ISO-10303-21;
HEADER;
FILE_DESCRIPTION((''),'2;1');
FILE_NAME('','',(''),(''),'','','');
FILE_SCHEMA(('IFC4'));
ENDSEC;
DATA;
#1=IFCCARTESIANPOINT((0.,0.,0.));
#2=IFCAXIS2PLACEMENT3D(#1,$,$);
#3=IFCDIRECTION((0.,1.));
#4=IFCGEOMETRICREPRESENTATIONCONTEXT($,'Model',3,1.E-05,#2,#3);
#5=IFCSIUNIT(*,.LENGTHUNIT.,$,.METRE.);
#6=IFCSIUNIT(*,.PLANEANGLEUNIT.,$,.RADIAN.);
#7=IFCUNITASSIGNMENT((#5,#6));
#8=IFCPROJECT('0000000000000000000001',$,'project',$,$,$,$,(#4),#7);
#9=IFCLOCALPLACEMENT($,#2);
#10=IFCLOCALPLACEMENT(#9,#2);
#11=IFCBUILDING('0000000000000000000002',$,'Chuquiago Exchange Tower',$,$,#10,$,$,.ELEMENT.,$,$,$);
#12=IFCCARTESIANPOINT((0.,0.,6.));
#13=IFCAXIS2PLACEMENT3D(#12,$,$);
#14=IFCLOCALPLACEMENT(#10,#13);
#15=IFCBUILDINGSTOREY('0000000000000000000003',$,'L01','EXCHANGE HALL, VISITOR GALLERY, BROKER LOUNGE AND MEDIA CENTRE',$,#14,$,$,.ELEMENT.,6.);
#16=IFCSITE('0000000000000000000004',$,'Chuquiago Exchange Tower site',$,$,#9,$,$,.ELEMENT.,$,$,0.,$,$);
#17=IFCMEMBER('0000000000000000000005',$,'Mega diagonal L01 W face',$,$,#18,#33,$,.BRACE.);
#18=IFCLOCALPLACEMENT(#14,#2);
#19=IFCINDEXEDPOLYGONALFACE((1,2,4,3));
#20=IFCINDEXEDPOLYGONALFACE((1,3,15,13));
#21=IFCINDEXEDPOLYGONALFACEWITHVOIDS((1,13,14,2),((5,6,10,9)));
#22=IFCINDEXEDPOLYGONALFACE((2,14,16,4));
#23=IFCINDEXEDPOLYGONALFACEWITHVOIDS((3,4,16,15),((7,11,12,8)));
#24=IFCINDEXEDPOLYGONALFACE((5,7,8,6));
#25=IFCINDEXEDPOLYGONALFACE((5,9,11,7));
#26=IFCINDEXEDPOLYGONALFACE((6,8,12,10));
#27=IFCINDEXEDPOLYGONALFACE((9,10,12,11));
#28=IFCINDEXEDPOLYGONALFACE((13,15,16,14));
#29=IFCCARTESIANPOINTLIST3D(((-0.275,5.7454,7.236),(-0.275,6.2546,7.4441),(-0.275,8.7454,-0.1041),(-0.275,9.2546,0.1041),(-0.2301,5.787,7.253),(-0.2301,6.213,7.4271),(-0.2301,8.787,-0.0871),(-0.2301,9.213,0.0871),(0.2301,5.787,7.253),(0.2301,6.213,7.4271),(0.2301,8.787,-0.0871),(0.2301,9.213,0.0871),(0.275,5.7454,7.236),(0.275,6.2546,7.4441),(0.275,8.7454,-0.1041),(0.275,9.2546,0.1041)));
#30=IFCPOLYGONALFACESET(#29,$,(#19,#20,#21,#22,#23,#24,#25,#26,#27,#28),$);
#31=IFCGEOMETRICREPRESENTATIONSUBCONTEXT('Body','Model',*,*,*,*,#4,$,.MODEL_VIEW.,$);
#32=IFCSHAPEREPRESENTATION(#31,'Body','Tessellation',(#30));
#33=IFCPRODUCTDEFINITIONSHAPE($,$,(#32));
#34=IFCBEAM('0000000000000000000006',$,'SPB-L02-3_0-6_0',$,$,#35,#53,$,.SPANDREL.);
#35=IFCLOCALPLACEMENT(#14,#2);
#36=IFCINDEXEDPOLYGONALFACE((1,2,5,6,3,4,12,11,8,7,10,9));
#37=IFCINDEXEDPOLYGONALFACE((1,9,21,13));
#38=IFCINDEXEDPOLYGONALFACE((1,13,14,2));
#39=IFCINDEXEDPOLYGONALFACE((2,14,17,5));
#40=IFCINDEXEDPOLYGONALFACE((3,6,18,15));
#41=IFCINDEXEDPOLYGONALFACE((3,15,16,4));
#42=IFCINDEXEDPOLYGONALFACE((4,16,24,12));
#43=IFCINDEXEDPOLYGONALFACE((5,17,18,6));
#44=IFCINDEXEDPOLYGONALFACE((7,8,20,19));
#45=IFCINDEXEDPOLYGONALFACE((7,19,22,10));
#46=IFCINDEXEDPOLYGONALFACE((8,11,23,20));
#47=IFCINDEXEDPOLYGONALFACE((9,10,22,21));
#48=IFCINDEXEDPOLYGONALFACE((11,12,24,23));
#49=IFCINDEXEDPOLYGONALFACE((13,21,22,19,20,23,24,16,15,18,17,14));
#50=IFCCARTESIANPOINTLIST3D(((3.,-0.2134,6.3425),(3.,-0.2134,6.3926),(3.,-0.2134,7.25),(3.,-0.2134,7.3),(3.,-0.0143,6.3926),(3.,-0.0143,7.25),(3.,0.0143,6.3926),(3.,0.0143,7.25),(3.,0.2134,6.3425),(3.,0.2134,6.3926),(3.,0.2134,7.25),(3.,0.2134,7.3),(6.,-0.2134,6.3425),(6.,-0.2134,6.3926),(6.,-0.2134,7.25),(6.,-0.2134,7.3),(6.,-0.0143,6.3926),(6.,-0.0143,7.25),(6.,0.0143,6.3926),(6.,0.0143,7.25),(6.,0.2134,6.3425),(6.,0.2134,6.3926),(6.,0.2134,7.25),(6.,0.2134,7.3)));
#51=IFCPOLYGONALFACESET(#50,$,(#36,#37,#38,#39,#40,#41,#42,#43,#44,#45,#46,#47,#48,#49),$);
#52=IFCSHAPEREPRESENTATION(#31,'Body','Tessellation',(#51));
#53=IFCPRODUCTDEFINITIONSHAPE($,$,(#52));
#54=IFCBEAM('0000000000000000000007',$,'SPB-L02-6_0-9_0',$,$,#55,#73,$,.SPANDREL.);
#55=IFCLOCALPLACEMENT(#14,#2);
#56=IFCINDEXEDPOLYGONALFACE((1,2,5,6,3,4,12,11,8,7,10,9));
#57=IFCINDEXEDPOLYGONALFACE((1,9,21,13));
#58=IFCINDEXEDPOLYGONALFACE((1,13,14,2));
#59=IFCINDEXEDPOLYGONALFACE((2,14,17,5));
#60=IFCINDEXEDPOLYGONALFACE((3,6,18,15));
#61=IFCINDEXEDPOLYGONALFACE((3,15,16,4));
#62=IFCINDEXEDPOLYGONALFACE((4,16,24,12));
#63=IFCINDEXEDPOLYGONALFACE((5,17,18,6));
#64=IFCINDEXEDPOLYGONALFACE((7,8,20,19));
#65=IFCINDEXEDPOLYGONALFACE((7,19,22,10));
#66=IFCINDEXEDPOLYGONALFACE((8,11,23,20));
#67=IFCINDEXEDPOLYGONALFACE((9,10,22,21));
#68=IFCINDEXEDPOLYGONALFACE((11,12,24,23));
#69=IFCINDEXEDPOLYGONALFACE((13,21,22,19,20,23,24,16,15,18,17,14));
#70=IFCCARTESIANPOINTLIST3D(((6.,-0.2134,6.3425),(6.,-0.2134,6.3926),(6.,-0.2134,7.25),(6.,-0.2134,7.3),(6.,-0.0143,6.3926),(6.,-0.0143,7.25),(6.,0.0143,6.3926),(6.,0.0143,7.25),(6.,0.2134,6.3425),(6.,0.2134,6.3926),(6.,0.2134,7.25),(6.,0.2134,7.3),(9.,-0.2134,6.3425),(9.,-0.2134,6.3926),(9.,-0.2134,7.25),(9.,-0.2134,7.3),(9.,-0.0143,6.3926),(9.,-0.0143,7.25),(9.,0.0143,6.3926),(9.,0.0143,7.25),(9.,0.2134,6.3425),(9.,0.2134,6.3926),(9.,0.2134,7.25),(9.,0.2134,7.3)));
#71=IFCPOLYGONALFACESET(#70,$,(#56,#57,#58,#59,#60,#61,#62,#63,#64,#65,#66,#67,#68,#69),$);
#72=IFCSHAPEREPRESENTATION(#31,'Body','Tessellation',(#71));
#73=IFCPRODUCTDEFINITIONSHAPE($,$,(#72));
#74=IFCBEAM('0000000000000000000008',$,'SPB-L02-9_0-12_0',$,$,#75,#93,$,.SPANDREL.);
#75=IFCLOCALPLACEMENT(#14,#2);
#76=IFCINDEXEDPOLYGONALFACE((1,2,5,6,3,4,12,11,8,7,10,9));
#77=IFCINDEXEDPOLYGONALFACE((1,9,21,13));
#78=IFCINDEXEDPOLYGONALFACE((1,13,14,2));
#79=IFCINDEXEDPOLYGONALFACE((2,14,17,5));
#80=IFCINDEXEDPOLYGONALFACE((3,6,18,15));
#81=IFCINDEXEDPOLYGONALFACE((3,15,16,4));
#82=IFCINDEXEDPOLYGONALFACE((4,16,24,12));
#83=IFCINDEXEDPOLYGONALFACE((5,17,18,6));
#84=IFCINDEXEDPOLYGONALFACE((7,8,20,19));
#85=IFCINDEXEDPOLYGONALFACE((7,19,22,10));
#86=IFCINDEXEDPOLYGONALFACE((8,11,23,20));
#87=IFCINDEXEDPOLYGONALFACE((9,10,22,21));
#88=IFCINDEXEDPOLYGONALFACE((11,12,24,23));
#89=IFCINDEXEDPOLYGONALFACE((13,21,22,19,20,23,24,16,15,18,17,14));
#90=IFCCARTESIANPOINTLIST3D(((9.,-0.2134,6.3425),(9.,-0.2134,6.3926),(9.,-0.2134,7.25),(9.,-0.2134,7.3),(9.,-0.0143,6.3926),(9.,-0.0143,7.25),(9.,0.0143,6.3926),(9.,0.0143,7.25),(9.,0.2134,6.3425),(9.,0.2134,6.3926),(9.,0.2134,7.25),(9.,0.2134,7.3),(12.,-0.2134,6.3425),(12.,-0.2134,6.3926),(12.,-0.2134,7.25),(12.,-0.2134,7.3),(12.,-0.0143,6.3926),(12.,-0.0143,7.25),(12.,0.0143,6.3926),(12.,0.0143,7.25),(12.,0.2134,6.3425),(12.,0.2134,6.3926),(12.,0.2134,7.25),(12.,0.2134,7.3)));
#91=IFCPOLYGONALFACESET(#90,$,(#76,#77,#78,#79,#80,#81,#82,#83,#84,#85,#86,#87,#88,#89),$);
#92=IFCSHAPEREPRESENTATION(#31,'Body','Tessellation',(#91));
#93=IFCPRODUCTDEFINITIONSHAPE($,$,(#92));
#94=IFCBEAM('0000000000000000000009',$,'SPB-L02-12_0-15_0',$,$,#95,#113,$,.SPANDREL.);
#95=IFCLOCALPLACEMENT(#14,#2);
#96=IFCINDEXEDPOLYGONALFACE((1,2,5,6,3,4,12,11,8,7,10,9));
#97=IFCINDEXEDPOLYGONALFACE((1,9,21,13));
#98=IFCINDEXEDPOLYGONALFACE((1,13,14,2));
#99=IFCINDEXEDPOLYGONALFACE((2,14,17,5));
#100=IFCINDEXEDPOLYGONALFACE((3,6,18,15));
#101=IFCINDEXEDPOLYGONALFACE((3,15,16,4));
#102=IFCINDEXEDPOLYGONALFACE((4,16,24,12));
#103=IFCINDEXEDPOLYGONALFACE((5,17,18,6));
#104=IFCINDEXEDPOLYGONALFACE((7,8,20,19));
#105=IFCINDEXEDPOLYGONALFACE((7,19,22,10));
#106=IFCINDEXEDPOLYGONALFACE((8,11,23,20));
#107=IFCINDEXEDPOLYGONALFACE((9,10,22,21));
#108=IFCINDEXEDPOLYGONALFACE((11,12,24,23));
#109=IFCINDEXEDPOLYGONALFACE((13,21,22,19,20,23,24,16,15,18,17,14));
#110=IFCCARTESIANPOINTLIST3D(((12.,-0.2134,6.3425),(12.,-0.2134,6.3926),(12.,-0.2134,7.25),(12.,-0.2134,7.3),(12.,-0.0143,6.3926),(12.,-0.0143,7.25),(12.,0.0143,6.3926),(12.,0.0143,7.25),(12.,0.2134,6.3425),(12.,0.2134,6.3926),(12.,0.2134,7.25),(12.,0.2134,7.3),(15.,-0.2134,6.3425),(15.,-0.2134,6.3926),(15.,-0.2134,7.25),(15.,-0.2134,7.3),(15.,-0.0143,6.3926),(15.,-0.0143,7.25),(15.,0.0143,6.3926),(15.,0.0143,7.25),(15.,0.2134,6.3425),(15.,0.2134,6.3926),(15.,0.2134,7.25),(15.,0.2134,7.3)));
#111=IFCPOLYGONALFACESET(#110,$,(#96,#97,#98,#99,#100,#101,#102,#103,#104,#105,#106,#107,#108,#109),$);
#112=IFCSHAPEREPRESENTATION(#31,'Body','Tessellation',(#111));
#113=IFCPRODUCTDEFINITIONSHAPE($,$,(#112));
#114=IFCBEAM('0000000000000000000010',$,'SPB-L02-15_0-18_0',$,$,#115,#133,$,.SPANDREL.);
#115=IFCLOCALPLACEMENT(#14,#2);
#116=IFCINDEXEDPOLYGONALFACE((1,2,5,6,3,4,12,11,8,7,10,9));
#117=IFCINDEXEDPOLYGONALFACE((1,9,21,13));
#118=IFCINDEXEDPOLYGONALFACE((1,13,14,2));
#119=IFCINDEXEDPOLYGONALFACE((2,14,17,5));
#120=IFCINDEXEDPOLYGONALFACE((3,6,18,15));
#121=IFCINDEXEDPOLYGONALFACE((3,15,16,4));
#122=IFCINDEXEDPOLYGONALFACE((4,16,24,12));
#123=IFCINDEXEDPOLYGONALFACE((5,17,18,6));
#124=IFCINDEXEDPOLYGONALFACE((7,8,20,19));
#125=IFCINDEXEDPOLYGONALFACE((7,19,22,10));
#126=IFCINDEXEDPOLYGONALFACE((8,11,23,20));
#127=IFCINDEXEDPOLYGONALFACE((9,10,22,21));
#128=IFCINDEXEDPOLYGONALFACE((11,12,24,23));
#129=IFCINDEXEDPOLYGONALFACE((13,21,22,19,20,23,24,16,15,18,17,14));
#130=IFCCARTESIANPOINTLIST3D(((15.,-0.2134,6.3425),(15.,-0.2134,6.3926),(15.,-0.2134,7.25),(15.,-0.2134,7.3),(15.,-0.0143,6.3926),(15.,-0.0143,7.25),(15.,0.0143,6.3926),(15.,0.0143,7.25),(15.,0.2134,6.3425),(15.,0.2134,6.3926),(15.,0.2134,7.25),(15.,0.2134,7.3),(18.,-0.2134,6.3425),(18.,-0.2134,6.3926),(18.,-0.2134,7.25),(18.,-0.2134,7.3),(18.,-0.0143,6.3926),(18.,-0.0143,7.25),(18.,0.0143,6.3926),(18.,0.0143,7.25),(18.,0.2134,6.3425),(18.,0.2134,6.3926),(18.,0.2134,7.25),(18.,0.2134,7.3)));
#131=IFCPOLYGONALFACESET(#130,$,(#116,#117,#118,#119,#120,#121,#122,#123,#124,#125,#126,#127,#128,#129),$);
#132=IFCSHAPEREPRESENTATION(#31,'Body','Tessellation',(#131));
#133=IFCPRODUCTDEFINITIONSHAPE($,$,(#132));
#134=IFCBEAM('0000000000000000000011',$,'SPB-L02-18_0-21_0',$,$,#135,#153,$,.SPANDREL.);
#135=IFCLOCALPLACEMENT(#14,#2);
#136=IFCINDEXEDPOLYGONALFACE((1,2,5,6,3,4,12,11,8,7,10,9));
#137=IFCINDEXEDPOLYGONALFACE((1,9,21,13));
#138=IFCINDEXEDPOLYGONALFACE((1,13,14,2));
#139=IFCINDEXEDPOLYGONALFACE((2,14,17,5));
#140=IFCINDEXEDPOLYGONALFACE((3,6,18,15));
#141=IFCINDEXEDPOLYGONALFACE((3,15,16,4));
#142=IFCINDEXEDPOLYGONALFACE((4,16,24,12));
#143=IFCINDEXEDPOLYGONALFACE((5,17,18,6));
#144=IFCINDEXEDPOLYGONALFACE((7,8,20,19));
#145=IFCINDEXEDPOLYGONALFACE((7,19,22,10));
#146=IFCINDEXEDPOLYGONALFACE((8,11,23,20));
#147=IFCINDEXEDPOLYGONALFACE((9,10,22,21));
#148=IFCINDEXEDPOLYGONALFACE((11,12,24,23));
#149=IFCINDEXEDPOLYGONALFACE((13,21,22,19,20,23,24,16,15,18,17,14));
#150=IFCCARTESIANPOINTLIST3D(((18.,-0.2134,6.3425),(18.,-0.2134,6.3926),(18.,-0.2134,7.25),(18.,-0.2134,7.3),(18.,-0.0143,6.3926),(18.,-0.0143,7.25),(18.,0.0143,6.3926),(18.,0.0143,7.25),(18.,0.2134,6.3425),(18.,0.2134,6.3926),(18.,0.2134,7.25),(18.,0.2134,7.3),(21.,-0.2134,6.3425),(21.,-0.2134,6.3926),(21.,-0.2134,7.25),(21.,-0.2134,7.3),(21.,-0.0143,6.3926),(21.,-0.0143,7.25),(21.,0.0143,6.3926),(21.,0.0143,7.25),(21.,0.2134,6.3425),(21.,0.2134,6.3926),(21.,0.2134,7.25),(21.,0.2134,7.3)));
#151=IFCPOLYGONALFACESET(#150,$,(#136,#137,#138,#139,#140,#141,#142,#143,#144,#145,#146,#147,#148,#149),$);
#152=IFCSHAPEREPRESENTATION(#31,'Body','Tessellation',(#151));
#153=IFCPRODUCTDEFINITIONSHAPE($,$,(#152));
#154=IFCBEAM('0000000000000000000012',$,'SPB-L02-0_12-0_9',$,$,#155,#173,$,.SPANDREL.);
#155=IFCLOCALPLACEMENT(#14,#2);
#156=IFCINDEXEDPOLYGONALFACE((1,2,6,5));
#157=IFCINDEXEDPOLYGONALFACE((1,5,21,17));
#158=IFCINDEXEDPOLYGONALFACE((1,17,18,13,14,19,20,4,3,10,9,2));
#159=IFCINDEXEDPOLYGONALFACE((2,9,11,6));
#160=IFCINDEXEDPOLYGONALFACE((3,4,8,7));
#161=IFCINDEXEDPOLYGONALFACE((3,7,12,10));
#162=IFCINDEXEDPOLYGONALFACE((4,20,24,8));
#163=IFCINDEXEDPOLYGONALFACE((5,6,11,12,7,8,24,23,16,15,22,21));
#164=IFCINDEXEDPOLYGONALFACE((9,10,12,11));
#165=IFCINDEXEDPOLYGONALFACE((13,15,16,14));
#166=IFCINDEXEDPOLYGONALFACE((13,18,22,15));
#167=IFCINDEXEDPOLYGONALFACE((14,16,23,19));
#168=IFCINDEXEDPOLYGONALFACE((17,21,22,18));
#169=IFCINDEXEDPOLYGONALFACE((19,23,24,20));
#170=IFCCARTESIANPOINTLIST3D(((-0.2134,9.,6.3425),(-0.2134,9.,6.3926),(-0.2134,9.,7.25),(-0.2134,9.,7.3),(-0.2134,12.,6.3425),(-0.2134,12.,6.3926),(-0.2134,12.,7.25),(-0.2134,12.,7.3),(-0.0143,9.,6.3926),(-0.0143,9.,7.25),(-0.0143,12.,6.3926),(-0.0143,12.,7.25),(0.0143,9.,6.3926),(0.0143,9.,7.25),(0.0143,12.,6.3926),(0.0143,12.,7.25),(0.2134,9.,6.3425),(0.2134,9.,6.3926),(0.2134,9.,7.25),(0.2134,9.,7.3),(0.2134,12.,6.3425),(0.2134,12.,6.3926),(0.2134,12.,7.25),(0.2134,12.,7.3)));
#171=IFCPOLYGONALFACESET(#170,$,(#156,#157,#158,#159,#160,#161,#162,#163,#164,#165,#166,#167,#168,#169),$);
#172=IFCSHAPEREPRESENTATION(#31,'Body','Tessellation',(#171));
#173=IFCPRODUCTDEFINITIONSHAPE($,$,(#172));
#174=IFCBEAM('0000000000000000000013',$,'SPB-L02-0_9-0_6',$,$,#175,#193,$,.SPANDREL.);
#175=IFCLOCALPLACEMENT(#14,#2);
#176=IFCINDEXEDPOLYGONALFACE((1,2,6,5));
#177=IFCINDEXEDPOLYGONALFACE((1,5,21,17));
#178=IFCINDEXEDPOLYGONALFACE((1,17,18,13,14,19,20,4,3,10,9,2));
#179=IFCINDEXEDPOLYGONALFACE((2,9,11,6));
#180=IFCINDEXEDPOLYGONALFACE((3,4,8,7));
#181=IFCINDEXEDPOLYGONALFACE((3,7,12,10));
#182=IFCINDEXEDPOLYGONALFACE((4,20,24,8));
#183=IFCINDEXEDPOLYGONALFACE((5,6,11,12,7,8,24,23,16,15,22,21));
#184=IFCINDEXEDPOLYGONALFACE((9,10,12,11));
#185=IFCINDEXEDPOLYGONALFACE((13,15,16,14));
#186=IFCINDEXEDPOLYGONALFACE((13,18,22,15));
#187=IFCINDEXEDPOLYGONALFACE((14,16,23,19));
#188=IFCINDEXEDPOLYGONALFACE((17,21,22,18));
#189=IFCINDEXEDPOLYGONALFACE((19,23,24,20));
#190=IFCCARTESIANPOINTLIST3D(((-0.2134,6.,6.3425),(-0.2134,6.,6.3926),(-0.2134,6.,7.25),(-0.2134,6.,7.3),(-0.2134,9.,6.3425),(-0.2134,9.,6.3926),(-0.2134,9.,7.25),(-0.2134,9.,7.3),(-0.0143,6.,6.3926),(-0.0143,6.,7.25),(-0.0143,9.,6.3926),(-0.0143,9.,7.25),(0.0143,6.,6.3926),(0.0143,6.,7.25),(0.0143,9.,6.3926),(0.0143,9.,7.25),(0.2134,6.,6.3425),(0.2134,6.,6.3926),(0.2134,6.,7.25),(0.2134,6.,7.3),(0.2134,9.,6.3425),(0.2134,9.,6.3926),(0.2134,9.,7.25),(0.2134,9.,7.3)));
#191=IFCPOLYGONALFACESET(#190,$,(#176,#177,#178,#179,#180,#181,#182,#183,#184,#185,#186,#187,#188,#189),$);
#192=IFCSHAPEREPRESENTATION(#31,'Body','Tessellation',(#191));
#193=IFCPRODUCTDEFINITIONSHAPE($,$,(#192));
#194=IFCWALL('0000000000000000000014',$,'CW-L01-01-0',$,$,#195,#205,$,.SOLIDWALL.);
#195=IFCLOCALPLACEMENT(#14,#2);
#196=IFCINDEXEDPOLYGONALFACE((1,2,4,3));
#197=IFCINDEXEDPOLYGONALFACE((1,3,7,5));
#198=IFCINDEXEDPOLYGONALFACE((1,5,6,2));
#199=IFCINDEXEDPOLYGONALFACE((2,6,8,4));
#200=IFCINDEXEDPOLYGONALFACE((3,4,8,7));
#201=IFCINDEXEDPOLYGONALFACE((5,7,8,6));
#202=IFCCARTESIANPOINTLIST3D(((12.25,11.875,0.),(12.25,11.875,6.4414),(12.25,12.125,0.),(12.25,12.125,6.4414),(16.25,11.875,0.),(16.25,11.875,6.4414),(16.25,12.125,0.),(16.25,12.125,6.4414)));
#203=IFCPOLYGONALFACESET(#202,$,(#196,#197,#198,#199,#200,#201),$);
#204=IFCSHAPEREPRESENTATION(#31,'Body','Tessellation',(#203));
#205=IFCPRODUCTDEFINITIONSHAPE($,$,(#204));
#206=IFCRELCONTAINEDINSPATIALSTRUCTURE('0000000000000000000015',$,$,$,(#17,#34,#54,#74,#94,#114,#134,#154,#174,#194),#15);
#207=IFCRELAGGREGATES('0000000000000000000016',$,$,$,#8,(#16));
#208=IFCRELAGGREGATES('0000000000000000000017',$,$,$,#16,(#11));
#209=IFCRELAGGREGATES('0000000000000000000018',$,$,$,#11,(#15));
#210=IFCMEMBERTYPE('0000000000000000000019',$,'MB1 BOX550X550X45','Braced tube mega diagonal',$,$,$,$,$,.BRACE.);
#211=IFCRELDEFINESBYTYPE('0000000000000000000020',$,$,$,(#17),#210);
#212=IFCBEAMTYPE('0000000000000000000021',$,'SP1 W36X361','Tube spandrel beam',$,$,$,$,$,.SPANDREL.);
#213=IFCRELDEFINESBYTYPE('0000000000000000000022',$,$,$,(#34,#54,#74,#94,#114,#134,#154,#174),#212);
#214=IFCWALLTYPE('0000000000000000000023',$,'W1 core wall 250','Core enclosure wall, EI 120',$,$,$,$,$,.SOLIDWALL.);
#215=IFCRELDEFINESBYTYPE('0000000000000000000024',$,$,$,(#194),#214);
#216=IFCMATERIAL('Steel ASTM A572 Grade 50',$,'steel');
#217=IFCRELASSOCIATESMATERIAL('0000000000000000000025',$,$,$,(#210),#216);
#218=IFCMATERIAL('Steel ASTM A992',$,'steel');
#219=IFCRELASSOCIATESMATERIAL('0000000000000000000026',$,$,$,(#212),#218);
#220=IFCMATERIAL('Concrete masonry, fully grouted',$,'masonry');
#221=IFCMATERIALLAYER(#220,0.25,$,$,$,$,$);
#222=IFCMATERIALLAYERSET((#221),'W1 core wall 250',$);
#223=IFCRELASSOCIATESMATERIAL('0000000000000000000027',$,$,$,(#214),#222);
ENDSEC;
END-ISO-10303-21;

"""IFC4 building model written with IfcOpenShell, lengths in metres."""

from ifc_helpers import new_model, si_unit, direction, frame, frame_2d, origin, origin_2d, place, context, subcontext, project, spatial, rectangle, hollow_rectangle, i_section, extrude, material, layer, layer_set, material_profile, profile_set, type_object, element, save


model = new_model("IFC4")

# Units and contexts
model_context = context("Model", 3, precision=1e-05, world=origin(), true_north=direction((0.0, 1.0)))
body_context = subcontext(model_context, "Body", "Model", "MODEL_VIEW")
ifc_project = project(units=[si_unit("LENGTHUNIT", "METRE"), si_unit("PLANEANGLEUNIT", "RADIAN")], contexts=[model_context])

# Site, building, storey
site_placement = place(None, origin())
site = spatial("IfcSite", under=ifc_project, at=site_placement, Name="Chuquiago Exchange Tower site", CompositionType="ELEMENT", RefElevation=0.0)
building_placement = place(site_placement, origin())
building = spatial("IfcBuilding", under=site, at=building_placement, Name="Chuquiago Exchange Tower", CompositionType="ELEMENT")
storey_placement = place(building_placement, frame((0.0, 0.0, 6.0)))
storey = spatial("IfcBuildingStorey", under=building, at=storey_placement, Name="L01", Description="EXCHANGE HALL, VISITOR GALLERY, BROKER LOUNGE AND MEDIA CENTRE", CompositionType="ELEMENT", Elevation=6.0)

# Member
ifc_material_1 = material(Name="Steel ASTM A572 Grade 50", Category="steel")
ifc_material_profile_1 = material_profile(ifc_material_1, hollow_rectangle(XDim=0.55, YDim=0.55, WallThickness=0.0449, at=origin_2d()), Name="BOX550X550X45")
ifc_profile_set_1 = profile_set([ifc_material_profile_1], Name="Steel ASTM A572 Grade 50")
member_type = type_object("IfcMemberType", Name="MB1 BOX550X550X45", Description="Braced tube mega diagonal", PredefinedType="BRACE", material=ifc_profile_set_1)
for number, where, z_axis, x_axis, name in (
    (1, (0.0, 9.0, 0.0), (0.0, -0.378334, 0.925669), (1.0, 0.0, 0.0), "Mega diagonal L01 W face"),
):
    element("IfcMember", number, at=place(storey_placement, frame(where, z_axis=z_axis, x_axis=x_axis)), inside=storey, type_object=member_type, Name=name, PredefinedType="BRACE", context=body_context, shape_type="SweptSolid", body=[
        extrude(hollow_rectangle(XDim=0.55, YDim=0.55, WallThickness=0.0449, at=origin_2d()), origin(), (0.0, 0.0, 1.0), 7.9294),
    ])

# Beams
ifc_material_2 = material(Name="Steel ASTM A992", Category="steel")
ifc_material_profile_2 = material_profile(ifc_material_2, i_section(OverallWidth=0.4268, OverallDepth=0.9575, WebThickness=0.0286, FlangeThickness=0.05, at=origin_2d()), Name="W36X361")
ifc_profile_set_2 = profile_set([ifc_material_profile_2], Name="Steel ASTM A992")
beam_type_1 = type_object("IfcBeamType", Name="SP1 W36X361", Description="Tube spandrel beam", PredefinedType="SPANDREL", material=ifc_profile_set_2)
for number, where, z_axis, x_axis, name in (
    (2, (3.0, 0.0, 6.8213), (1.0, 0.0, 0.0), (0.0, 1.0, 0.0), "SPB-L02-3_0-6_0"),
    (3, (6.0, 0.0, 6.8213), (1.0, 0.0, 0.0), (0.0, 1.0, 0.0), "SPB-L02-6_0-9_0"),
    (4, (9.0, 0.0, 6.8213), (1.0, 0.0, 0.0), (0.0, 1.0, 0.0), "SPB-L02-9_0-12_0"),
    (5, (12.0, 0.0, 6.8213), (1.0, 0.0, 0.0), (0.0, 1.0, 0.0), "SPB-L02-12_0-15_0"),
    (6, (15.0, 0.0, 6.8213), (1.0, 0.0, 0.0), (0.0, 1.0, 0.0), "SPB-L02-15_0-18_0"),
    (7, (18.0, 0.0, 6.8213), (1.0, 0.0, 0.0), (0.0, 1.0, 0.0), "SPB-L02-18_0-21_0"),
    (8, (0.0, 12.0, 6.8213), (0.0, -1.0, 0.0), (1.0, 0.0, 0.0), "SPB-L02-0_12-0_9"),
    (9, (0.0, 9.0, 6.8213), (0.0, -1.0, 0.0), (1.0, 0.0, 0.0), "SPB-L02-0_9-0_6"),
):
    element("IfcBeam", number, at=place(storey_placement, frame(where, z_axis=z_axis, x_axis=x_axis)), inside=storey, type_object=beam_type_1, Name=name, PredefinedType="SPANDREL", context=body_context, shape_type="SweptSolid", body=[
        extrude(i_section(OverallWidth=0.4268, OverallDepth=0.9575, WebThickness=0.0286, FlangeThickness=0.05, at=origin_2d()), origin(), (0.0, 0.0, 1.0), 3.0),
    ])

# Wall
ifc_material_3 = material(Name="Concrete masonry, fully grouted", Category="masonry")
ifc_layer = layer(ifc_material_3, 0.25)
ifc_layer_set = layer_set([ifc_layer], Name="W1 core wall 250")
wall_type = type_object("IfcWallType", Name="W1 core wall 250", Description="Core enclosure wall, EI 120", PredefinedType="SOLIDWALL", material=ifc_layer_set)
wall_placement = place(storey_placement, frame((12.25, 12.0, 0.0), z_axis=(0.0, 0.0, 1.0), x_axis=(1.0, 0.0, 0.0)))
element("IfcWall", 10, at=wall_placement, inside=storey, type_object=wall_type, Name="CW-L01-01-0", PredefinedType="SOLIDWALL", context=body_context, shape_type="SweptSolid", body=[
    extrude(rectangle(XDim=4.0, YDim=0.25, at=frame_2d((2.0, 0.0))), origin(), (0.0, 0.0, 1.0), 6.4414),
])

save(model, "model.ifc")
